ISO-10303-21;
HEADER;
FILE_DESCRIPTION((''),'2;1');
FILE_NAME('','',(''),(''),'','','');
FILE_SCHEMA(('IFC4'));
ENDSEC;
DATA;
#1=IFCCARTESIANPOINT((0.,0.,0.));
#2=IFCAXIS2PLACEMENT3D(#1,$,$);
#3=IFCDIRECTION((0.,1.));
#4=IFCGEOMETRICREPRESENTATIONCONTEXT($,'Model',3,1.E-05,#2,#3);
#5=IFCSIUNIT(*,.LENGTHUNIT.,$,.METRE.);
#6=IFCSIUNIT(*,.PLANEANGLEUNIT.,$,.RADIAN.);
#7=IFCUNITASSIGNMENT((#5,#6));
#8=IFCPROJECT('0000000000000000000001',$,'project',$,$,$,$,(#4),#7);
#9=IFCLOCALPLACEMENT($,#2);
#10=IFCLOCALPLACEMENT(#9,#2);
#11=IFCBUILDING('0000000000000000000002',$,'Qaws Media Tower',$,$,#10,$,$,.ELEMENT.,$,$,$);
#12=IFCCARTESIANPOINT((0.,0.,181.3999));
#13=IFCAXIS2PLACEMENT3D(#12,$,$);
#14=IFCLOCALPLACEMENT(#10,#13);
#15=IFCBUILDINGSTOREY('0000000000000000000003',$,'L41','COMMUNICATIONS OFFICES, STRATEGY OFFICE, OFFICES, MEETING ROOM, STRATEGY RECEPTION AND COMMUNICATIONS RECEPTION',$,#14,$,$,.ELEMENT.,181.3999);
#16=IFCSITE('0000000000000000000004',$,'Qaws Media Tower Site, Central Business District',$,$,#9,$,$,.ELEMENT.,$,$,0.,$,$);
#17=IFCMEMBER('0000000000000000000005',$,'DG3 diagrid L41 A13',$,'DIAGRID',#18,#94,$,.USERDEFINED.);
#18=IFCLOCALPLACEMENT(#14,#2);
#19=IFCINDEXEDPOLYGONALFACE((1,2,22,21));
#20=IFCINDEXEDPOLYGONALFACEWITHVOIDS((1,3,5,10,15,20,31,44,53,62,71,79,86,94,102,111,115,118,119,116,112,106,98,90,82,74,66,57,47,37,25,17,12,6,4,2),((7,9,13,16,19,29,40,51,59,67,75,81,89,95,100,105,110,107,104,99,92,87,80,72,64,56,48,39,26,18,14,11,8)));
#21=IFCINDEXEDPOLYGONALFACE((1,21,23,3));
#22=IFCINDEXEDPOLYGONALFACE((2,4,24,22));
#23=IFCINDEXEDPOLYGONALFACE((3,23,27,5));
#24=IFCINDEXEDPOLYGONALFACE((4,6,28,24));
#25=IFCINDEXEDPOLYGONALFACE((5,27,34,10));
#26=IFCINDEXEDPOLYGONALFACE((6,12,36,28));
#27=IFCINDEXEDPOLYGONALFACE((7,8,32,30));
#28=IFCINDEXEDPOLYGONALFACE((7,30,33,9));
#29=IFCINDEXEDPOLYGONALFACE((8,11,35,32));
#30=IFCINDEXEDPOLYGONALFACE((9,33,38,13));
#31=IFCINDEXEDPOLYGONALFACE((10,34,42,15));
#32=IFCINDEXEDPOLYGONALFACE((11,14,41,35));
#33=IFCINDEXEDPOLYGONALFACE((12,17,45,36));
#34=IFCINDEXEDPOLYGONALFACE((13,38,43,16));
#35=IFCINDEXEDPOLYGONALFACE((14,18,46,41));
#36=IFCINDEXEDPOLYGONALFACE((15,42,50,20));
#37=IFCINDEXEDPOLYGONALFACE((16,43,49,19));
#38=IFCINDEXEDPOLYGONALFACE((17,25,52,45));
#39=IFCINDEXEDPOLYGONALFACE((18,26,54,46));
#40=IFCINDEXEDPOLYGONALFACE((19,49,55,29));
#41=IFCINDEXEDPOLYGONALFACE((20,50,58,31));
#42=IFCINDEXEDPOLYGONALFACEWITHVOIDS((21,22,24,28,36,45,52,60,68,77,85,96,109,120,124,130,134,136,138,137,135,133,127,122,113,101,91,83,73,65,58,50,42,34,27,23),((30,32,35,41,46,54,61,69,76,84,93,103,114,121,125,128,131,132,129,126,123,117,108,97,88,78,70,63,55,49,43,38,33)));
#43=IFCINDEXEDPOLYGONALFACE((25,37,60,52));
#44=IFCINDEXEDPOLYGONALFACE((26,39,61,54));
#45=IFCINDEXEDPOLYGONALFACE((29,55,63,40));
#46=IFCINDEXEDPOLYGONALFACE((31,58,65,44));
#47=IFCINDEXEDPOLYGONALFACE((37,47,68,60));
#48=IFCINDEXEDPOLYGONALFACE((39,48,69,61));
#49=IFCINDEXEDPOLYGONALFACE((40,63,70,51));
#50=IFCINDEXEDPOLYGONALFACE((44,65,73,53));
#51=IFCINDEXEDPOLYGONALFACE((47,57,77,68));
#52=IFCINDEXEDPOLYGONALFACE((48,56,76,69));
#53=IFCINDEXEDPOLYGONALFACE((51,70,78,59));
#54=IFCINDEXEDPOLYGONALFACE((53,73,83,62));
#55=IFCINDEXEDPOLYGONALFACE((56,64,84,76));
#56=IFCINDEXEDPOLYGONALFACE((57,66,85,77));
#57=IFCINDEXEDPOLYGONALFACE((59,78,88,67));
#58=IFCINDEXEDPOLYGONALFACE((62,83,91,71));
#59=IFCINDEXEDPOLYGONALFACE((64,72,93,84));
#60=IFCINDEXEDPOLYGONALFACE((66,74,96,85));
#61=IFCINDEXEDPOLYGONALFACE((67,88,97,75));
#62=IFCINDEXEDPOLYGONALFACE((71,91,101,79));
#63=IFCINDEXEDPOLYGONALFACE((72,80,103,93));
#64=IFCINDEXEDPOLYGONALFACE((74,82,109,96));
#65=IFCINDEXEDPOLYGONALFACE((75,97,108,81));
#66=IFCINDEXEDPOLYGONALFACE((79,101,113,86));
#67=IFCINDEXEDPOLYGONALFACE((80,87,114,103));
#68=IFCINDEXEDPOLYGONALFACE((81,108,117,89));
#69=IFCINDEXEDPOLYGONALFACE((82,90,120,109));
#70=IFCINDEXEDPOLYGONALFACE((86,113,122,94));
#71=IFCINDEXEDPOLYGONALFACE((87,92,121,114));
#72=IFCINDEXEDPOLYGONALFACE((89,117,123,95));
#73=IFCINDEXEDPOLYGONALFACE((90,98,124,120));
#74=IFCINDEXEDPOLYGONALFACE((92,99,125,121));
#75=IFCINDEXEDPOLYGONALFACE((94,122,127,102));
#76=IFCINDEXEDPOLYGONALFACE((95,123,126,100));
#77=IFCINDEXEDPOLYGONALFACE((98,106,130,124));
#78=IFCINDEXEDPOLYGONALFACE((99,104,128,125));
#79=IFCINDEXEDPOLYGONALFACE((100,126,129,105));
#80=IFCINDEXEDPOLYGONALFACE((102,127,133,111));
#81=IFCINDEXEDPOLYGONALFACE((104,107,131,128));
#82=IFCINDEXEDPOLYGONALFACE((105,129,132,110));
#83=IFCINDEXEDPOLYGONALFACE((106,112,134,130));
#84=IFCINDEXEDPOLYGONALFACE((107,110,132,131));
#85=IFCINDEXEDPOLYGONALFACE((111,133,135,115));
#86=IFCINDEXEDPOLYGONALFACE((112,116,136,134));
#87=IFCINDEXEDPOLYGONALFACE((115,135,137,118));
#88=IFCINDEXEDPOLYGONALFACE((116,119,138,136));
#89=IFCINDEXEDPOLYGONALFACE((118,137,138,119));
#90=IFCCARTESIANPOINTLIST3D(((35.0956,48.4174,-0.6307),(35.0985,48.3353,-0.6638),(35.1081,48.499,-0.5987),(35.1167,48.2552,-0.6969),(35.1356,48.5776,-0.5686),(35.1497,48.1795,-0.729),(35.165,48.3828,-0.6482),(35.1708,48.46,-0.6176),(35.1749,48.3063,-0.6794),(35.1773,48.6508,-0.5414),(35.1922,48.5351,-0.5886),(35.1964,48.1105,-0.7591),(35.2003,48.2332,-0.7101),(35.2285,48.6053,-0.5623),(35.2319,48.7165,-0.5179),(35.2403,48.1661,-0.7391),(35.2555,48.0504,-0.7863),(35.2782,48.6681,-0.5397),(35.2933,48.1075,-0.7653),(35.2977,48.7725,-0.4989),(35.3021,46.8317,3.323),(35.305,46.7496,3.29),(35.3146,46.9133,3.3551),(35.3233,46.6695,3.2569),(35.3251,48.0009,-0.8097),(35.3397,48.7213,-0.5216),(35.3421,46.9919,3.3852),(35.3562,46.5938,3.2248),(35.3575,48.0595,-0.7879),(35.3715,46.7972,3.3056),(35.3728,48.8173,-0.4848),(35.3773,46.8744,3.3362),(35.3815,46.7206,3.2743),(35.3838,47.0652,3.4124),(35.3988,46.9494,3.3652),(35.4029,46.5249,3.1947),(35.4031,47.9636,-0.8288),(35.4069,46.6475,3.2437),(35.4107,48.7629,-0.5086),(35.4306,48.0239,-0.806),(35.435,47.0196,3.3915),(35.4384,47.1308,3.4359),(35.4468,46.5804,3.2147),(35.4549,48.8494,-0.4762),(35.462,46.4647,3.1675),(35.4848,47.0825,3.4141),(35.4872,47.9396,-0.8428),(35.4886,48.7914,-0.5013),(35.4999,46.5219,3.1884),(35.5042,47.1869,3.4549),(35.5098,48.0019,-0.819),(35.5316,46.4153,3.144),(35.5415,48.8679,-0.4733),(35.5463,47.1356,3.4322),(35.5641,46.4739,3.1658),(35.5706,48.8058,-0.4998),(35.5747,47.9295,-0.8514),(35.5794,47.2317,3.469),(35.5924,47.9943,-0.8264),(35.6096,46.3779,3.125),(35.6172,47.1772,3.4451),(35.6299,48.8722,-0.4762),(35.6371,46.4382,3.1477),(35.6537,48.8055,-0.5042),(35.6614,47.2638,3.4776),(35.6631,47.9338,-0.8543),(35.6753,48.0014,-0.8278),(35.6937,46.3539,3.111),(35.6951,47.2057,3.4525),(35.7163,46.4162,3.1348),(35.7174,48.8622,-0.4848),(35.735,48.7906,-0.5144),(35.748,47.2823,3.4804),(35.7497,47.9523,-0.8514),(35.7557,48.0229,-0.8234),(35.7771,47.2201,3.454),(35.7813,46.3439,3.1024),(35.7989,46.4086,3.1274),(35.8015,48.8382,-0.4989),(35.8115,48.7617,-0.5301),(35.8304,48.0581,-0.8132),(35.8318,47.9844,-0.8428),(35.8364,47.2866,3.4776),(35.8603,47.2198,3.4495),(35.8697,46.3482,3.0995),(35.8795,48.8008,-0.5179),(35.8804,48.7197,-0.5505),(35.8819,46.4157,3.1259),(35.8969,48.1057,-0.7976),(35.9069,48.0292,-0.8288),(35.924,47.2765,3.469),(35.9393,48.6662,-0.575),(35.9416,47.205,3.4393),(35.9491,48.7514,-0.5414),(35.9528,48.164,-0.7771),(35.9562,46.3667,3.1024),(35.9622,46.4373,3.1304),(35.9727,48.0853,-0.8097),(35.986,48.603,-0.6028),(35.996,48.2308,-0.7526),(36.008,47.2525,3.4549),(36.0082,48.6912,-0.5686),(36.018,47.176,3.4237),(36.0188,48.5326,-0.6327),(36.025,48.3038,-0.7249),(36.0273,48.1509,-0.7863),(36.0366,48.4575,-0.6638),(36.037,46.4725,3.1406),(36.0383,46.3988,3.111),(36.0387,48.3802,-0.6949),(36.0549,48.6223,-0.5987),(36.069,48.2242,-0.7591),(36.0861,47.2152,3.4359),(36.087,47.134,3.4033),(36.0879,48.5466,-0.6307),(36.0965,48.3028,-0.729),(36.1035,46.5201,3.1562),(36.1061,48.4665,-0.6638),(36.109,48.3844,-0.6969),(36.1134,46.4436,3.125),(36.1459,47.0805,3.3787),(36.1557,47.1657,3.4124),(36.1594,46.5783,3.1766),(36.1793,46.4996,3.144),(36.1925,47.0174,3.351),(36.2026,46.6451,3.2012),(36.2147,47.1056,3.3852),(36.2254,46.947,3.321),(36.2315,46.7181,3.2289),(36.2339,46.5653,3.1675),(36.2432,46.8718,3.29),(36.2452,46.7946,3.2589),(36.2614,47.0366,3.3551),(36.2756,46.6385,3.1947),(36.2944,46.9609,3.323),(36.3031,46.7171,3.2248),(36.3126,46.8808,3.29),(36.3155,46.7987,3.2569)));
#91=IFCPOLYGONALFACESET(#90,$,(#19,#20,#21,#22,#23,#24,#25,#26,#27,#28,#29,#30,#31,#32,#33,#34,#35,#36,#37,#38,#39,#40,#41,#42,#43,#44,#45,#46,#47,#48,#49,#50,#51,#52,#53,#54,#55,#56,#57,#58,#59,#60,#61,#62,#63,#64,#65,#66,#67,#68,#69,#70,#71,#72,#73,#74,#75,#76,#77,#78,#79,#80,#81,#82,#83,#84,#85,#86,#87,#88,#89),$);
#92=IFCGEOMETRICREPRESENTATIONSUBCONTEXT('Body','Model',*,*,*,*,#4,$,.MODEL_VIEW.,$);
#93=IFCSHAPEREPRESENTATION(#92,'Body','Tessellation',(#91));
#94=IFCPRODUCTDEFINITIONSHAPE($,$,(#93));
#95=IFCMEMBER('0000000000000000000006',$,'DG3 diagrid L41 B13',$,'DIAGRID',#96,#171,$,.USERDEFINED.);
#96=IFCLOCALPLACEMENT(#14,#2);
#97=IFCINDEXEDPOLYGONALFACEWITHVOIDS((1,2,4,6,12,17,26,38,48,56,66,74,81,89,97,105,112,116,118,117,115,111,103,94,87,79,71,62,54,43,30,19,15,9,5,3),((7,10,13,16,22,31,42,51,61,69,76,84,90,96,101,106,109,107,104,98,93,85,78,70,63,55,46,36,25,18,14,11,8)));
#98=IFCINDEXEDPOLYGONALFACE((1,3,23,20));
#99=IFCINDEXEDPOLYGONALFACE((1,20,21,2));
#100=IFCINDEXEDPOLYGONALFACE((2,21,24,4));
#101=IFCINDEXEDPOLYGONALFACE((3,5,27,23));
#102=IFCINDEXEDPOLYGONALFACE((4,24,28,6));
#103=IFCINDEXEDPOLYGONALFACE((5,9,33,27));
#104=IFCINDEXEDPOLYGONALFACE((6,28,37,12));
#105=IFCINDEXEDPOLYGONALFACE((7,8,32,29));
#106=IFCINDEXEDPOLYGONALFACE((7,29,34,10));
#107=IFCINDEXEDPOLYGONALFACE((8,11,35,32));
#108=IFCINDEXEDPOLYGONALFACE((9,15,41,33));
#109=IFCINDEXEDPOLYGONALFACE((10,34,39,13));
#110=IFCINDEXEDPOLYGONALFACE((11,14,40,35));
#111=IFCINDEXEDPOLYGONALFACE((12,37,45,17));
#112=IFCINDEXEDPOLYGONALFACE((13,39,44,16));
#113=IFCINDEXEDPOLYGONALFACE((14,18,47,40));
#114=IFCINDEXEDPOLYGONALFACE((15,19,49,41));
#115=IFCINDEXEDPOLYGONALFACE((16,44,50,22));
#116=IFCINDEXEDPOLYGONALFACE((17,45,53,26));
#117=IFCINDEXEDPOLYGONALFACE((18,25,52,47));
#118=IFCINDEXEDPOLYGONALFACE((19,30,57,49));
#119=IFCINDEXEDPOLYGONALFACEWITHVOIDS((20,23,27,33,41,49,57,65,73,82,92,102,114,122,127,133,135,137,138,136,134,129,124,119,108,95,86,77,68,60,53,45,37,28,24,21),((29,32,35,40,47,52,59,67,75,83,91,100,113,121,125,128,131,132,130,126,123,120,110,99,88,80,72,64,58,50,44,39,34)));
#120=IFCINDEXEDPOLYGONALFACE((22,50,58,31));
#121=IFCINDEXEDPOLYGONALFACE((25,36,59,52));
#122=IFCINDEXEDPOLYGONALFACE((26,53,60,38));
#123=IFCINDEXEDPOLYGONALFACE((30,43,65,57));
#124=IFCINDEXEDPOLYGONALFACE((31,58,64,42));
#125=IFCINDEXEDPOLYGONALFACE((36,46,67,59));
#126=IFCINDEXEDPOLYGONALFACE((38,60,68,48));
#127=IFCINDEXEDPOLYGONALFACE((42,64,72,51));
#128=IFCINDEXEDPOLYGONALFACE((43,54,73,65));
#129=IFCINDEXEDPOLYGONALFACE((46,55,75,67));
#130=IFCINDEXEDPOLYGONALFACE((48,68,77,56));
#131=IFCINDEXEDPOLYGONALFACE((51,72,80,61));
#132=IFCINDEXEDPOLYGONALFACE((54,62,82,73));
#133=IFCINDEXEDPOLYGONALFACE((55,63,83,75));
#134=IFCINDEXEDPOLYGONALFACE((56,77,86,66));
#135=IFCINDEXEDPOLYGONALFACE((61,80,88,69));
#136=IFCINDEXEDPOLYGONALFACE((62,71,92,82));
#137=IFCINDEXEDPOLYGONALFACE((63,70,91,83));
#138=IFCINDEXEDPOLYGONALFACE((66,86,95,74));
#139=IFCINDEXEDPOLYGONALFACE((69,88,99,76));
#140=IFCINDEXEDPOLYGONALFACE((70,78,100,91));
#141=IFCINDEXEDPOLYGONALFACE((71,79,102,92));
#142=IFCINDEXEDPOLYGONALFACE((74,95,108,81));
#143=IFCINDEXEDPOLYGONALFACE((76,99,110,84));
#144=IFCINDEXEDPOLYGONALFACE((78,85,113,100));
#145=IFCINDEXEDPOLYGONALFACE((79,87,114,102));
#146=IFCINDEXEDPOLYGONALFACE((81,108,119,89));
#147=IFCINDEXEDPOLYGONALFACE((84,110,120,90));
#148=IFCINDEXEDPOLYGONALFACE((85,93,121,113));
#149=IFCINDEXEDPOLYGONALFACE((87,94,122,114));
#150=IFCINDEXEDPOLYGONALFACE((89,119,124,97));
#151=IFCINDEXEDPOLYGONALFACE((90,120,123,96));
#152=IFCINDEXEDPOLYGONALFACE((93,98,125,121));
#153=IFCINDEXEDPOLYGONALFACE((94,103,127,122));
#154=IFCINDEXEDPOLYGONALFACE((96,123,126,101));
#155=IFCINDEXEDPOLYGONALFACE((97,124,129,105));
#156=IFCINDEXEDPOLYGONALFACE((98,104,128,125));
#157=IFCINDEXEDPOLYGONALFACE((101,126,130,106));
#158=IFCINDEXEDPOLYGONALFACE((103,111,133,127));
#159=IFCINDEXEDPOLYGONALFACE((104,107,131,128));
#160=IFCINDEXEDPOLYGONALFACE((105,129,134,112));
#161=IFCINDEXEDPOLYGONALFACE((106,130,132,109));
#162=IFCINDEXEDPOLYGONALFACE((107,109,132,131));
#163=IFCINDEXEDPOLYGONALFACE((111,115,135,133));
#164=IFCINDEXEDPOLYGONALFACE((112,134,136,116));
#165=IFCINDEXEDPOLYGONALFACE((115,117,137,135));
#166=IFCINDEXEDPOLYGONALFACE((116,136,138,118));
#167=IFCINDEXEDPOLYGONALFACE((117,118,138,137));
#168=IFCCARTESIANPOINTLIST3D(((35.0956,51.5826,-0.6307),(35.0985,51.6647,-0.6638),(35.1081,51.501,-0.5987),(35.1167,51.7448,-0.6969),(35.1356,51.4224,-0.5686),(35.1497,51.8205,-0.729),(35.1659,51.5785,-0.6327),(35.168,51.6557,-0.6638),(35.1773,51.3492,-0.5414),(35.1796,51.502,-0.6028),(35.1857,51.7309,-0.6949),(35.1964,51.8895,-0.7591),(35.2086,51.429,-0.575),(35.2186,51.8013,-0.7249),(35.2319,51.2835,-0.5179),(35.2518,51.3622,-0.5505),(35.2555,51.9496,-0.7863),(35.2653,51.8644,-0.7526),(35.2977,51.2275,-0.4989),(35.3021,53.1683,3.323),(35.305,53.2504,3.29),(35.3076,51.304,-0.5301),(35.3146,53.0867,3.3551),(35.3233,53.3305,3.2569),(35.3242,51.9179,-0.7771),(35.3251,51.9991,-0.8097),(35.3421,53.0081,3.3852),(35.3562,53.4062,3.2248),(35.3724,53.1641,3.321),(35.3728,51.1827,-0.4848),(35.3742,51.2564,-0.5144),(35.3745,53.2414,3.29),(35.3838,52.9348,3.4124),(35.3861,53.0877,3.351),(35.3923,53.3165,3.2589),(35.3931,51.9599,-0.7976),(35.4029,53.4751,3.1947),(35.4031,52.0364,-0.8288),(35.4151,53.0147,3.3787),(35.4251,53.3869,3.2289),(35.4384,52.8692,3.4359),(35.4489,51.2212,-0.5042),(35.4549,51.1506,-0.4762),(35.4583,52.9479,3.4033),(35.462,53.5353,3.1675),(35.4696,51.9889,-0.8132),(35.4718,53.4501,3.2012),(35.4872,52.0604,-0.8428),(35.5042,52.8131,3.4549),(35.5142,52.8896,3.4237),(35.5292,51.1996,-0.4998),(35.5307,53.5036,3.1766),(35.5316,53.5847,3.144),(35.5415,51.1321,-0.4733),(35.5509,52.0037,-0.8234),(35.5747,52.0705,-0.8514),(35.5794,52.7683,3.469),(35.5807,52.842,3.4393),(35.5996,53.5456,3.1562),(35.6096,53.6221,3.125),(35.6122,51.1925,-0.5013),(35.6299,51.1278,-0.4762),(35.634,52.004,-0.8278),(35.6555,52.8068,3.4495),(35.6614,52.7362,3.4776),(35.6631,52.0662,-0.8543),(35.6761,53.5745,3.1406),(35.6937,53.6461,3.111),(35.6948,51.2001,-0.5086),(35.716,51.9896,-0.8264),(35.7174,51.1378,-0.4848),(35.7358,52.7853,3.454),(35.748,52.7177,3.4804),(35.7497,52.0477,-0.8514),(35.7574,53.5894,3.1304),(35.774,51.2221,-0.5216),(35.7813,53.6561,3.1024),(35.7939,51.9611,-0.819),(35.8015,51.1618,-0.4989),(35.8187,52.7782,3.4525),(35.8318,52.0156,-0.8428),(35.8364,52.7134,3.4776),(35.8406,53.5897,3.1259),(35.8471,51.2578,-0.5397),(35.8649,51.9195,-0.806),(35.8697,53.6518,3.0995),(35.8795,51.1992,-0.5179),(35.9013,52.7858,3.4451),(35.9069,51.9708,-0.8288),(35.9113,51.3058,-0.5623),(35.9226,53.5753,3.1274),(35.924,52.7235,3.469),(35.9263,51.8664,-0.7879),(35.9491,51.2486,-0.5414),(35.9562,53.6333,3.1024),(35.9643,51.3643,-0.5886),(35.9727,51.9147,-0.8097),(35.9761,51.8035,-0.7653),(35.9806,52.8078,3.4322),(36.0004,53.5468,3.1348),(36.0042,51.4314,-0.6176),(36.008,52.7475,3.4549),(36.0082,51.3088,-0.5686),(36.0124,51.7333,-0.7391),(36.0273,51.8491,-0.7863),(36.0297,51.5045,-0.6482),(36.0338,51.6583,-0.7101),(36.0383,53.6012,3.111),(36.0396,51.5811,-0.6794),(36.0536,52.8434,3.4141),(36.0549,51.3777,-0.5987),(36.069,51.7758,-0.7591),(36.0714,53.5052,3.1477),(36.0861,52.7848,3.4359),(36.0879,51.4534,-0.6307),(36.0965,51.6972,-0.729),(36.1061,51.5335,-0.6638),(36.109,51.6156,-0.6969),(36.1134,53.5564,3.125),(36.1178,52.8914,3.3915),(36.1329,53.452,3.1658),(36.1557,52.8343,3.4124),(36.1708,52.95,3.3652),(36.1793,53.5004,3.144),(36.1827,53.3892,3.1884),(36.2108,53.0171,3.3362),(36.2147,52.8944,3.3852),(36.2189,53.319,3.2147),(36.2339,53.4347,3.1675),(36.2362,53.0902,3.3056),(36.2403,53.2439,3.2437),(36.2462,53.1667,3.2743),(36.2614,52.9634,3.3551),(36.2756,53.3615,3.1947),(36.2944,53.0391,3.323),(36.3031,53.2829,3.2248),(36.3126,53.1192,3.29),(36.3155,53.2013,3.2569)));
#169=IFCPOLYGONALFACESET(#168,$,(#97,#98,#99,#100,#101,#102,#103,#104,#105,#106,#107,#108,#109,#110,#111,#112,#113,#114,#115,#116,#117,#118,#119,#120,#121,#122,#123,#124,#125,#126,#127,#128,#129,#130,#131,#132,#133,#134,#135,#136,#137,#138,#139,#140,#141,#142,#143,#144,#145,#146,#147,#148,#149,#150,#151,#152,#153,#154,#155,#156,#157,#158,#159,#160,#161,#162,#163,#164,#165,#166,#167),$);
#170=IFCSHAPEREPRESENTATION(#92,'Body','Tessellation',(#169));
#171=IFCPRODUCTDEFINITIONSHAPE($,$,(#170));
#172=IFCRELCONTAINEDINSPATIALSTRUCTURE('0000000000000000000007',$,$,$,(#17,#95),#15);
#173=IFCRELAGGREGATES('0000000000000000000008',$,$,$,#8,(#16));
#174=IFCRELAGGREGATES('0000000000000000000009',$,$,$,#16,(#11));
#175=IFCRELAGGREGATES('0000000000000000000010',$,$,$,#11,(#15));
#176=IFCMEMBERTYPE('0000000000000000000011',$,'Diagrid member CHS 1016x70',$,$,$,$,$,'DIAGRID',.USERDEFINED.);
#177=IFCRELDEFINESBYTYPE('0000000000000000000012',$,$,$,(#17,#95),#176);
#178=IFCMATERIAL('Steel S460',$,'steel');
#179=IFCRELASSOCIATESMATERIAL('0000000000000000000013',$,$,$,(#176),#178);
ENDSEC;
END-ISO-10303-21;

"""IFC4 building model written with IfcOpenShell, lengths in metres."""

from ifc_helpers import new_model, si_unit, direction, frame, origin, origin_2d, place, context, subcontext, project, spatial, hollow_circle, extrude, material, material_profile, profile_set, type_object, element, save


model = new_model("IFC4")

# Units and contexts
model_context = context("Model", 3, precision=1e-05, world=origin(), true_north=direction((0.0, 1.0)))
body_context = subcontext(model_context, "Body", "Model", "MODEL_VIEW")
ifc_project = project(units=[si_unit("LENGTHUNIT", "METRE"), si_unit("PLANEANGLEUNIT", "RADIAN")], contexts=[model_context])

# Site, building, storey
site_placement = place(None, origin())
site = spatial("IfcSite", under=ifc_project, at=site_placement, Name="Qaws Media Tower Site, Central Business District", CompositionType="ELEMENT", RefElevation=0.0)
building_placement = place(site_placement, origin())
building = spatial("IfcBuilding", under=site, at=building_placement, Name="Qaws Media Tower", CompositionType="ELEMENT")
storey_placement = place(building_placement, frame((0.0, 0.0, 181.3999)))
storey = spatial("IfcBuildingStorey", under=building, at=storey_placement, Name="L41", Description="COMMUNICATIONS OFFICES, STRATEGY OFFICE, OFFICES, MEETING ROOM, STRATEGY RECEPTION AND COMMUNICATIONS RECEPTION", CompositionType="ELEMENT", Elevation=181.3999)

# Members
ifc_material_1 = material(Name="Steel S460", Category="steel")
ifc_material_profile_1 = material_profile(ifc_material_1, hollow_circle(Radius=0.5081, WallThickness=0.0701, at=origin_2d()), Name="CHS 1016x70")
ifc_profile_set_1 = profile_set([ifc_material_profile_1], Name="Steel S460")
member_type_1 = type_object("IfcMemberType", Name="Diagrid member CHS 1016x70", ElementType="DIAGRID", PredefinedType="USERDEFINED", material=ifc_profile_set_1)
for number, where, z_axis, x_axis, name in (
    (1, (35.6023, 48.4009, -0.6638), (0.048428, -0.371794, 0.927051), (0.991623, 0.129163, 0.0), "DG3 diagrid L41 A13"),
    (2, (35.6023, 51.5991, -0.6638), (0.048428, 0.371794, 0.927051), (-0.991623, 0.129163, 0.0), "DG3 diagrid L41 B13"),
):
    element("IfcMember", number, at=place(storey_placement, frame(where, z_axis=z_axis, x_axis=x_axis)), inside=storey, type_object=member_type_1, Name=name, ObjectType="DIAGRID", PredefinedType="USERDEFINED", context=body_context, shape_type="SweptSolid", body=[
        extrude(hollow_circle(Radius=0.5081, WallThickness=0.0701, at=origin_2d()), origin(), (0.0, 0.0, 1.0), 4.2649),
    ])

save(model, "model.ifc")
